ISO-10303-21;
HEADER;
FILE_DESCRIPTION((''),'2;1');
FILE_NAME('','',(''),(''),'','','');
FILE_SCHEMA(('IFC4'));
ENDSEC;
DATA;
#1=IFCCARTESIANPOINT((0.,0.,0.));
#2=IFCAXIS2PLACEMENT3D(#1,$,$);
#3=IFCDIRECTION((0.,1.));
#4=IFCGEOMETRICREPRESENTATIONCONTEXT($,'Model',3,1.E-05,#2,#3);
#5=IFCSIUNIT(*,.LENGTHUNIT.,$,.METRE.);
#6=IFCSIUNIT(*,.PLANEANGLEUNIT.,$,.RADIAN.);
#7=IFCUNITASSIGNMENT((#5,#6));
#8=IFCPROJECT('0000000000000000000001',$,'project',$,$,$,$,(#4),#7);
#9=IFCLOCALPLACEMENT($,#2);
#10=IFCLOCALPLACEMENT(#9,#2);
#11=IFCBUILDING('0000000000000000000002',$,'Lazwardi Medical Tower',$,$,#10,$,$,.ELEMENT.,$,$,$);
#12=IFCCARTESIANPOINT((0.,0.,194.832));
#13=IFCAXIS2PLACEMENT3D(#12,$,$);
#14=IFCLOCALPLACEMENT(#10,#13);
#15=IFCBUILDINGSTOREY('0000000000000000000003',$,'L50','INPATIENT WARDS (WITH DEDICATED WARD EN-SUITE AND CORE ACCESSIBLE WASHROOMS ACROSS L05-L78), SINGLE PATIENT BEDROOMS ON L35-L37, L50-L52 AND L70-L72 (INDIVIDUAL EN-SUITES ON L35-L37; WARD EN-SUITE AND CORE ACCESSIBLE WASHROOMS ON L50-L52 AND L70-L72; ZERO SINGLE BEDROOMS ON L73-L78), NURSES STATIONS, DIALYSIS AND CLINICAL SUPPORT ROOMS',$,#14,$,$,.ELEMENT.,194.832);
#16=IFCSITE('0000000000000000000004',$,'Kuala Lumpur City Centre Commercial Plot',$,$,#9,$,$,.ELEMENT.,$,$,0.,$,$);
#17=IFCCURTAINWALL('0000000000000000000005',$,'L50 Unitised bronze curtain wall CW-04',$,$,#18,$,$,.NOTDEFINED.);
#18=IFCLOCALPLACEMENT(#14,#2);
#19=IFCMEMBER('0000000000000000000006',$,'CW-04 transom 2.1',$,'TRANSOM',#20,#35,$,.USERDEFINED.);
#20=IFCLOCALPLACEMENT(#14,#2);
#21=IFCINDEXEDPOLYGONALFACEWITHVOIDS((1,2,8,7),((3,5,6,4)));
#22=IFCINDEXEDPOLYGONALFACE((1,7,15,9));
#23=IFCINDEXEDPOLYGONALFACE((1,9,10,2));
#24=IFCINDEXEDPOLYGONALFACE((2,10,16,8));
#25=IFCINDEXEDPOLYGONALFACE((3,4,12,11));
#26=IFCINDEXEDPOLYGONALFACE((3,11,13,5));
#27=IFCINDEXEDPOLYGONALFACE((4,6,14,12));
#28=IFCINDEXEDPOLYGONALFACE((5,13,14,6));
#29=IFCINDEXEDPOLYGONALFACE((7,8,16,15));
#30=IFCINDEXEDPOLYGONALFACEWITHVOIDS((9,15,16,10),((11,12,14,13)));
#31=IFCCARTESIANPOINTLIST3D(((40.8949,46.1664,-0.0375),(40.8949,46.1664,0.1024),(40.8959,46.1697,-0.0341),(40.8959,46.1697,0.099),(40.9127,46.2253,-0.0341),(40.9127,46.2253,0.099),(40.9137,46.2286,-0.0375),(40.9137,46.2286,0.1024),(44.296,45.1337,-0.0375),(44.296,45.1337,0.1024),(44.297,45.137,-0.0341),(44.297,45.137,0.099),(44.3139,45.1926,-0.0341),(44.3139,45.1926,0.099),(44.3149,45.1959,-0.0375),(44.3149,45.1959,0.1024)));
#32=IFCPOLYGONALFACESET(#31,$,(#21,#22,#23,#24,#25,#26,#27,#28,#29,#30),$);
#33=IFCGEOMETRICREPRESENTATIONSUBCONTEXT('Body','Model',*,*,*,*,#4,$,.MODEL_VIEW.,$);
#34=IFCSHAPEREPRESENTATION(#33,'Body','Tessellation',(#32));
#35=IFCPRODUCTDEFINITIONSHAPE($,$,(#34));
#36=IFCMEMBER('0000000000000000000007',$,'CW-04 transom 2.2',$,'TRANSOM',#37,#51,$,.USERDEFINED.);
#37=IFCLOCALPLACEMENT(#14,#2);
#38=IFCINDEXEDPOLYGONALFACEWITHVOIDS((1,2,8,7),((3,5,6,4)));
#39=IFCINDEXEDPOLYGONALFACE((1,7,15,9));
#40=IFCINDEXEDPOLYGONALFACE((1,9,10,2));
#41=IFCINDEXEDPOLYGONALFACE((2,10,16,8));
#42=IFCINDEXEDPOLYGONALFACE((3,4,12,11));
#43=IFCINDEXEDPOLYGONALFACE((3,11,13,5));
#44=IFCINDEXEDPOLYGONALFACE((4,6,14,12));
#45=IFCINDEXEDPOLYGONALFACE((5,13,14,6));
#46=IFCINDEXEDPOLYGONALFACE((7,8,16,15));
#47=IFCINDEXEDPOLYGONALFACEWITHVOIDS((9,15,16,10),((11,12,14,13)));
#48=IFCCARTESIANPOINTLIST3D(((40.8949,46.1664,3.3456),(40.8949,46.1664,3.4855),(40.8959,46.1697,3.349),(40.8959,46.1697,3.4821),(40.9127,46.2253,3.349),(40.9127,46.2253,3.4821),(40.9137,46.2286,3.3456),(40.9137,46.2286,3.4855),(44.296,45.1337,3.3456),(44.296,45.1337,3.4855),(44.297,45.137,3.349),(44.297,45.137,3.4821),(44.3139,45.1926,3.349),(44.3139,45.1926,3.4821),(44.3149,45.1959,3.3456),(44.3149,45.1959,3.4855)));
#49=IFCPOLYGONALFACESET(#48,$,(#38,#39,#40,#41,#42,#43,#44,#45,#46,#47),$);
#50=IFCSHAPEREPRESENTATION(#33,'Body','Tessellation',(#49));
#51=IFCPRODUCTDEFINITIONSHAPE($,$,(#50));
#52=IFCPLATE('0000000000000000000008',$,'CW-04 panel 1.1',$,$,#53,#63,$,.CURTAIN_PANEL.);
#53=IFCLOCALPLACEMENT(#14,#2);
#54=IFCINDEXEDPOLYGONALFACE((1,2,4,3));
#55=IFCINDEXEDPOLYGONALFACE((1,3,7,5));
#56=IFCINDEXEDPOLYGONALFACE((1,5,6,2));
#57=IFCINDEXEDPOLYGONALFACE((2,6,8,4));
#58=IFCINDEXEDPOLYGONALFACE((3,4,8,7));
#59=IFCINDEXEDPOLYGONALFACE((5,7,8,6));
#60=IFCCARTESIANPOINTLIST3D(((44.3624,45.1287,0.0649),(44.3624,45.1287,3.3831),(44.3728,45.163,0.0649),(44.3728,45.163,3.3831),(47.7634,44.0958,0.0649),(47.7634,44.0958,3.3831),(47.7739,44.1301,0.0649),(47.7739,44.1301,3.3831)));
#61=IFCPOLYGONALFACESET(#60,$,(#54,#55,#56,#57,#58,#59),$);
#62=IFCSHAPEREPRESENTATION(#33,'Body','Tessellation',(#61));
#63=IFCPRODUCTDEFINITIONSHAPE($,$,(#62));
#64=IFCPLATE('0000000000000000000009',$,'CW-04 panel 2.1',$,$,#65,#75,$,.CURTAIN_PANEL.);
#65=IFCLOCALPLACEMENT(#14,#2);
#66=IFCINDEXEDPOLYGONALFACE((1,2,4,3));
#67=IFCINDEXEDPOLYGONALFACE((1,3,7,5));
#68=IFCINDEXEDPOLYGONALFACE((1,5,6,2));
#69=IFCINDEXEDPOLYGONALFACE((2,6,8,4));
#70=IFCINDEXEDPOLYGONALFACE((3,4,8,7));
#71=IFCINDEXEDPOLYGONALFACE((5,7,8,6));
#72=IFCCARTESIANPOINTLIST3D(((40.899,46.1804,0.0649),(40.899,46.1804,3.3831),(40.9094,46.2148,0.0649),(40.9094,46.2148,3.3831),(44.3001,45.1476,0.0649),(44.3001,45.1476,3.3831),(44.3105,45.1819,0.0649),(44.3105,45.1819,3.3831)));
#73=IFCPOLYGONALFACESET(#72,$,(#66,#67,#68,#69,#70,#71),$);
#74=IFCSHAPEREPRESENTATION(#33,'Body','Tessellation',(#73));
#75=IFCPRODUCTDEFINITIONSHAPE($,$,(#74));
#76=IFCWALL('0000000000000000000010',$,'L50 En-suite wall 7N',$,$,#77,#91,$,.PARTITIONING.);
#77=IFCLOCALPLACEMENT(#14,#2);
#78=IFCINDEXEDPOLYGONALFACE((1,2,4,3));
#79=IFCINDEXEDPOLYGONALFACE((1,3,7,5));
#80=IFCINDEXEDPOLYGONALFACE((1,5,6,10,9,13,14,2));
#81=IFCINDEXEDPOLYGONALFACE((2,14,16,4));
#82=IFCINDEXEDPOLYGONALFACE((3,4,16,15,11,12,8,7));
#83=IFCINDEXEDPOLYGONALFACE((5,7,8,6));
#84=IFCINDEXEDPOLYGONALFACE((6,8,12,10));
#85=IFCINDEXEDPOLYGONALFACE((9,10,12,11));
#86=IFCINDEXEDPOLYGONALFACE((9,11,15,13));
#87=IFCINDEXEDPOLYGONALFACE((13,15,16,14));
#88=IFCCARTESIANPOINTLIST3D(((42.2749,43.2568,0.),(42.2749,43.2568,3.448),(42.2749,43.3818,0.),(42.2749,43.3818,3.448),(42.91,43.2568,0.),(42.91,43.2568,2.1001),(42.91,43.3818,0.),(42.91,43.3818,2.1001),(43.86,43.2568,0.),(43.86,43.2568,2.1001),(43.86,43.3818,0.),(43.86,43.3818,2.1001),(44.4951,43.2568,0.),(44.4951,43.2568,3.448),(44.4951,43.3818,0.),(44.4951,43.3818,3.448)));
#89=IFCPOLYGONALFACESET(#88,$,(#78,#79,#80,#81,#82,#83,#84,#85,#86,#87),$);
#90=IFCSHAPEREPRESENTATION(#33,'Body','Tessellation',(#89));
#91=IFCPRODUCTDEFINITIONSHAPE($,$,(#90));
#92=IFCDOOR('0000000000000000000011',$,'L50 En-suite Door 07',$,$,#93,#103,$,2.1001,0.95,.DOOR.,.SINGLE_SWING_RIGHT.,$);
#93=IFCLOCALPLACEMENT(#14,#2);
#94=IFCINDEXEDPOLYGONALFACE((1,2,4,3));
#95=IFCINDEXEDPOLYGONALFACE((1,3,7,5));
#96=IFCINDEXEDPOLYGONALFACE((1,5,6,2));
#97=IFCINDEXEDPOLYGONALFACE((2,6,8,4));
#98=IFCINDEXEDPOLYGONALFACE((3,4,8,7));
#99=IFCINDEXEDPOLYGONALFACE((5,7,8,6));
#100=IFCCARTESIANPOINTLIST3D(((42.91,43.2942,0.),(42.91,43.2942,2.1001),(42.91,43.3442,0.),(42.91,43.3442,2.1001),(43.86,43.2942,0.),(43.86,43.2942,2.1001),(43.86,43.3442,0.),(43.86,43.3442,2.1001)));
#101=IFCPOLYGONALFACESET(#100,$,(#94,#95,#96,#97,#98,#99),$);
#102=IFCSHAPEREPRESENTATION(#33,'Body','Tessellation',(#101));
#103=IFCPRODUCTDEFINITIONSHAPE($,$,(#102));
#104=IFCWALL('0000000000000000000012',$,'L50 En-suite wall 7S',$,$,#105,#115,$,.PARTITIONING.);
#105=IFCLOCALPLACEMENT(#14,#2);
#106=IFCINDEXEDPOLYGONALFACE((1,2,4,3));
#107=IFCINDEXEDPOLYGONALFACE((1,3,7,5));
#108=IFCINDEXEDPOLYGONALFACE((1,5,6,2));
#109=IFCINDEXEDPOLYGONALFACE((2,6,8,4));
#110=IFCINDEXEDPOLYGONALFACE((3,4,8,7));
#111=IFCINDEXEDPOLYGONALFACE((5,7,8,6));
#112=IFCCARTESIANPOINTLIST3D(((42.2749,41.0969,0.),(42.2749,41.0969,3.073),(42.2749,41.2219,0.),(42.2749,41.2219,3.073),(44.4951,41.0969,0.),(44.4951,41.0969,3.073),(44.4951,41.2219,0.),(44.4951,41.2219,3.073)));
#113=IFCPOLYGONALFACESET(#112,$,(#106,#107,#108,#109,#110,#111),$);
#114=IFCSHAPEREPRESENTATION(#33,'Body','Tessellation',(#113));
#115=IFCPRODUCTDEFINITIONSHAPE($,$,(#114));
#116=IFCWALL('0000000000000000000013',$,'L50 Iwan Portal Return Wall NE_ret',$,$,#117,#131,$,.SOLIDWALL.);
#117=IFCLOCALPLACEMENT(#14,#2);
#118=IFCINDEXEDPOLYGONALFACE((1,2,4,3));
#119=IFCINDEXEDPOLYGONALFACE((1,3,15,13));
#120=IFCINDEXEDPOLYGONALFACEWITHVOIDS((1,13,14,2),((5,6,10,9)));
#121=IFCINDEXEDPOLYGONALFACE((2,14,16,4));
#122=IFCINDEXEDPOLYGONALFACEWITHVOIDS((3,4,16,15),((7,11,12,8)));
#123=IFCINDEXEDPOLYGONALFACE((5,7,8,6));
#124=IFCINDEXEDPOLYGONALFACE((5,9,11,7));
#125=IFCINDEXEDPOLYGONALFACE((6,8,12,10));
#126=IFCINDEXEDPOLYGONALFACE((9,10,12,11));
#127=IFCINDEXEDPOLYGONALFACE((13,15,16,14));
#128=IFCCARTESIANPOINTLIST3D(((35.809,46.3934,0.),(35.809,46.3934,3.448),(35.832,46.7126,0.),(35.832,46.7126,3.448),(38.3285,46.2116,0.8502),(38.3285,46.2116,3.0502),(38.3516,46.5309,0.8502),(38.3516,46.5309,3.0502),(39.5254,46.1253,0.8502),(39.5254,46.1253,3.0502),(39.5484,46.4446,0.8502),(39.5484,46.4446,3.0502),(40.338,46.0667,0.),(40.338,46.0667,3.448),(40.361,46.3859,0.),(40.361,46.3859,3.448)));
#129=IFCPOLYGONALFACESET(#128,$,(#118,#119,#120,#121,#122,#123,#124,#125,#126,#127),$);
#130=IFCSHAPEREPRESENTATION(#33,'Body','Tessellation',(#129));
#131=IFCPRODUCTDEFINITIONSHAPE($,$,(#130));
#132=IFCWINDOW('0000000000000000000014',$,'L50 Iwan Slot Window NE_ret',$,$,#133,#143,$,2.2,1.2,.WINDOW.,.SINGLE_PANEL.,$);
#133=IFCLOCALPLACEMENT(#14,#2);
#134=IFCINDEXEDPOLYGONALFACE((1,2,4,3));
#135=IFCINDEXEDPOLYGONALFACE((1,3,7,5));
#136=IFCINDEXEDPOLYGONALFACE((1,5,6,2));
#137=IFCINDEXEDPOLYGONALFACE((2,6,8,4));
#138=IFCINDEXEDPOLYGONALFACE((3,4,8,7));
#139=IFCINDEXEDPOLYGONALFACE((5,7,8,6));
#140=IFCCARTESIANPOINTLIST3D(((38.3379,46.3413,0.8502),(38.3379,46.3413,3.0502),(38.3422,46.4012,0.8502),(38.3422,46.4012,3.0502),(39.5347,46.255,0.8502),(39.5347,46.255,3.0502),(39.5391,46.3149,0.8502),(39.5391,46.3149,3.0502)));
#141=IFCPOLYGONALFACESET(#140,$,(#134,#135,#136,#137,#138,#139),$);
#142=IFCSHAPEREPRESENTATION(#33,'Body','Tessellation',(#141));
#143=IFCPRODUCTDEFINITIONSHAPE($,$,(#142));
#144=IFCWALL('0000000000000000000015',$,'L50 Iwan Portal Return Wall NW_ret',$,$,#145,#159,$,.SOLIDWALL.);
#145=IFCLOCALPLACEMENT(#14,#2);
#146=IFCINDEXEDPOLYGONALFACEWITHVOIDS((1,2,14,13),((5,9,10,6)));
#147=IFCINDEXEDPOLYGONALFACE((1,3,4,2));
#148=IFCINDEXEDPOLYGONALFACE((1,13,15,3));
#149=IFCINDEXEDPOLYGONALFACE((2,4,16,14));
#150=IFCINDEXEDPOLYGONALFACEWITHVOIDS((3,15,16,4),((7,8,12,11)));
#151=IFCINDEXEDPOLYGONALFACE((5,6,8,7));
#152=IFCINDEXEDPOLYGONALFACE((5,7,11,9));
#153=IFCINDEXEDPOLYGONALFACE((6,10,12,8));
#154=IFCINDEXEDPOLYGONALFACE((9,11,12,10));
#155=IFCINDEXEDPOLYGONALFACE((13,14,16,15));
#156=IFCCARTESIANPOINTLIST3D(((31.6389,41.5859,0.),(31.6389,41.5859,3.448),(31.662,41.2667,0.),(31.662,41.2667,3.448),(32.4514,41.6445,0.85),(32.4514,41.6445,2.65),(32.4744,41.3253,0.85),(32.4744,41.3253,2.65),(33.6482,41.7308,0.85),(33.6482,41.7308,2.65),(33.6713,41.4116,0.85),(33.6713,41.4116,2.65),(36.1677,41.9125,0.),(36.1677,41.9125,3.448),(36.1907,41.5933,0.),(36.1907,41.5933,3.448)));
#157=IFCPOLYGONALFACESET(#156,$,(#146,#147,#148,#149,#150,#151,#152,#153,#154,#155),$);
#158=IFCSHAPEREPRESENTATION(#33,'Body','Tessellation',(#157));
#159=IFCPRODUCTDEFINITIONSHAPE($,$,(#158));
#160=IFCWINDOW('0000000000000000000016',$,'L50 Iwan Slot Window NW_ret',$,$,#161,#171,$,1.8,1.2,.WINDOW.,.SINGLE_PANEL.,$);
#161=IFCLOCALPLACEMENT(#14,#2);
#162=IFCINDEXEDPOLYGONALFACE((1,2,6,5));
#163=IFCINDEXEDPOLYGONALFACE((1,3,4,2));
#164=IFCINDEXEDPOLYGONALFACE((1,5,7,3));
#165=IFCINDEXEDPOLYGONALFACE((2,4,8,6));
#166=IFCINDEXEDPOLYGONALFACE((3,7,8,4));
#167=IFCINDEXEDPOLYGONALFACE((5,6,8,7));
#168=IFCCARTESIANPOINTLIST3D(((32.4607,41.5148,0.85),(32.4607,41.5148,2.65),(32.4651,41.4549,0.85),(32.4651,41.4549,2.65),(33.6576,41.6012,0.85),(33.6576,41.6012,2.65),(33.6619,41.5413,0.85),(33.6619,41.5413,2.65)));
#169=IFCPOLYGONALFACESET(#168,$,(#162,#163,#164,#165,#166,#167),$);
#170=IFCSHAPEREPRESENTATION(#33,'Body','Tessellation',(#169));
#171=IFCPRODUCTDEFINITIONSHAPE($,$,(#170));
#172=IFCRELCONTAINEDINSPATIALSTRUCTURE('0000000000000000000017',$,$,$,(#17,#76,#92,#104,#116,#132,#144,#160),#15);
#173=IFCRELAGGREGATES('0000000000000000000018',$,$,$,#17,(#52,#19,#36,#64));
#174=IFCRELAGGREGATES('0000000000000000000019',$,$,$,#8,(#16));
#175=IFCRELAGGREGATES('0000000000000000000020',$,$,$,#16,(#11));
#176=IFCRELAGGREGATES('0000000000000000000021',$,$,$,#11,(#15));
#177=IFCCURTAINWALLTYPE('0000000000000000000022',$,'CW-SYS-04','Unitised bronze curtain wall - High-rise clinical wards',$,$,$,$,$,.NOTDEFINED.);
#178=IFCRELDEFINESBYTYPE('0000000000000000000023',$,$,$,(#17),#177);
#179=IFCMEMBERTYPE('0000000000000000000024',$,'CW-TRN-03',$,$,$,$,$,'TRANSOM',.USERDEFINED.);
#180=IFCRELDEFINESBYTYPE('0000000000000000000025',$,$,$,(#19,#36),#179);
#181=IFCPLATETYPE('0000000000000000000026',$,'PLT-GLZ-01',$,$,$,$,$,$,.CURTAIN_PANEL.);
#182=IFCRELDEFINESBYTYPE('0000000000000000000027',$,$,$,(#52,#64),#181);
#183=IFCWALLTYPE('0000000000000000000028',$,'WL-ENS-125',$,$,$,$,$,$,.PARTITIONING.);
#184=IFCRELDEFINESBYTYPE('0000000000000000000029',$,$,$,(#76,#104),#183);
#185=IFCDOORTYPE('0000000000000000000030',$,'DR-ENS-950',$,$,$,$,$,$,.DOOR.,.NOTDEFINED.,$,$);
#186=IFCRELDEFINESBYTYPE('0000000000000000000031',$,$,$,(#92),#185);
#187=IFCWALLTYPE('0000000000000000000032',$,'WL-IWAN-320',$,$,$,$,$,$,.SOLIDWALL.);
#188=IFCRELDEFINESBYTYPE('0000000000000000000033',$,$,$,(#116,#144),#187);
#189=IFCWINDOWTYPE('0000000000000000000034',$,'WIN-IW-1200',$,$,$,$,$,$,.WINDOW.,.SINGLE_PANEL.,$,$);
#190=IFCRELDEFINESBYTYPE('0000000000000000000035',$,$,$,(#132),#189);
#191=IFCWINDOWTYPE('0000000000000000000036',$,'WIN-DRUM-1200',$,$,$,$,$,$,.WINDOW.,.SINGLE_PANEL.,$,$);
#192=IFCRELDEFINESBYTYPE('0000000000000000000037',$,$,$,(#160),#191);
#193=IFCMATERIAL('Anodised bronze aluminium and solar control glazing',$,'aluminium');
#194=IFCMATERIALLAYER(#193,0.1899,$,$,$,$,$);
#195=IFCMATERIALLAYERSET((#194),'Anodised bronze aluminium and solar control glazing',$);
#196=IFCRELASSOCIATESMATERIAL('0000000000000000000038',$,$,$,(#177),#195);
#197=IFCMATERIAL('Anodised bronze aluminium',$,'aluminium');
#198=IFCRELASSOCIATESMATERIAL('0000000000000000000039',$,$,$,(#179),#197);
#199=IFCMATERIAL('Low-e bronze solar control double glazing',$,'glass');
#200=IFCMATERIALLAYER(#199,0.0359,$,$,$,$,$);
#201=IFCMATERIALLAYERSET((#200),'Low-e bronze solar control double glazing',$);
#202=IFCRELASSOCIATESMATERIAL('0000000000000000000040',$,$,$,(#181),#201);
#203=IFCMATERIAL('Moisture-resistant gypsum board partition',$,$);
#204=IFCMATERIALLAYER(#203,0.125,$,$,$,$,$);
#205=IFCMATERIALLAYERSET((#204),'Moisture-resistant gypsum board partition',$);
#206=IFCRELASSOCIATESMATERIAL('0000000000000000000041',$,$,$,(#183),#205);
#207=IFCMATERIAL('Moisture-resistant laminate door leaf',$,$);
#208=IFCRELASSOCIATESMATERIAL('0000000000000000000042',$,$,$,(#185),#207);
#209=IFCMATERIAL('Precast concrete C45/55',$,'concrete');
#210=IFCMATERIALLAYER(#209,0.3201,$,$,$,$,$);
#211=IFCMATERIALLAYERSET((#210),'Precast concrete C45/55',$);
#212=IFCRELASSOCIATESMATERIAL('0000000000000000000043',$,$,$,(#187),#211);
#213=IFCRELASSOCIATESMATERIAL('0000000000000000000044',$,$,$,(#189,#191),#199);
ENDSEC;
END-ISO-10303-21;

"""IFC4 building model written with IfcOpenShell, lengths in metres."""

from ifc_helpers import new_model, si_unit, direction, frame, frame_2d, origin, origin_2d, place, context, subcontext, project, spatial, rectangle, hollow_rectangle, extrude, material, layer, layer_set, material_profile, profile_set, type_object, element, fill, aggregate, save


model = new_model("IFC4")

# Units and contexts
model_context = context("Model", 3, precision=1e-05, world=origin(), true_north=direction((0.0, 1.0)))
body_context = subcontext(model_context, "Body", "Model", "MODEL_VIEW")
ifc_project = project(units=[si_unit("LENGTHUNIT", "METRE"), si_unit("PLANEANGLEUNIT", "RADIAN")], contexts=[model_context])

# Site, building, storey
site_placement = place(None, origin())
site = spatial("IfcSite", under=ifc_project, at=site_placement, Name="Kuala Lumpur City Centre Commercial Plot", CompositionType="ELEMENT", RefElevation=0.0)
building_placement = place(site_placement, origin())
building = spatial("IfcBuilding", under=site, at=building_placement, Name="Lazwardi Medical Tower", CompositionType="ELEMENT")
storey_placement = place(building_placement, frame((0.0, 0.0, 194.832)))
storey = spatial("IfcBuildingStorey", under=building, at=storey_placement, Name="L50", Description="INPATIENT WARDS (WITH DEDICATED WARD EN-SUITE AND CORE ACCESSIBLE WASHROOMS ACROSS L05-L78), SINGLE PATIENT BEDROOMS ON L35-L37, L50-L52 AND L70-L72 (INDIVIDUAL EN-SUITES ON L35-L37; WARD EN-SUITE AND CORE ACCESSIBLE WASHROOMS ON L50-L52 AND L70-L72; ZERO SINGLE BEDROOMS ON L73-L78), NURSES STATIONS, DIALYSIS AND CLINICAL SUPPORT ROOMS", CompositionType="ELEMENT", Elevation=194.832)

# Curtain wall, members, plates
ifc_material_1 = material(Name="Anodised bronze aluminium and solar control glazing", Category="aluminium")
ifc_layer_1 = layer(ifc_material_1, 0.1899)
ifc_layer_set_1 = layer_set([ifc_layer_1], Name="Anodised bronze aluminium and solar control glazing")
curtain_wall_type = type_object("IfcCurtainWallType", Name="CW-SYS-04", Description="Unitised bronze curtain wall - High-rise clinical wards", PredefinedType="NOTDEFINED", material=ifc_layer_set_1)
curtain_wall_placement = place(storey_placement, origin())
curtain_wall = element("IfcCurtainWall", 1, at=curtain_wall_placement, inside=storey, type_object=curtain_wall_type, Name="L50 Unitised bronze curtain wall CW-04", PredefinedType="NOTDEFINED")
ifc_material_2 = material(Name="Anodised bronze aluminium", Category="aluminium")
ifc_material_profile_1 = material_profile(ifc_material_2, hollow_rectangle(XDim=0.0649, YDim=0.1399, WallThickness=0.0034, at=origin_2d()), Name="ALU-TRANSOM 140x65x3.5")
ifc_profile_set_1 = profile_set([ifc_material_profile_1], Name="Anodised bronze aluminium")
member_type_1 = type_object("IfcMemberType", Name="CW-TRN-03", ElementType="TRANSOM", PredefinedType="USERDEFINED", material=ifc_profile_set_1)
member_1_placement = place(storey_placement, frame((44.3054, 45.1648, 0.0325), z_axis=(-0.956863, 0.290541, 0.0), x_axis=(-0.290541, -0.956863, 0.0)))
member_1 = element("IfcMember", 2, at=member_1_placement, type_object=member_type_1, Name="CW-04 transom 2.1", ObjectType="TRANSOM", PredefinedType="USERDEFINED", context=body_context, shape_type="SweptSolid", body=[
    extrude(hollow_rectangle(XDim=0.0649, YDim=0.1399, WallThickness=0.0034, at=origin_2d()), origin(), (0.0, 0.0, 1.0), 3.5544),
])
member_2_placement = place(storey_placement, frame((44.3054, 45.1648, 3.4155), z_axis=(-0.956863, 0.290541, 0.0), x_axis=(-0.290541, -0.956863, 0.0)))
member_2 = element("IfcMember", 3, at=member_2_placement, type_object=member_type_1, Name="CW-04 transom 2.2", ObjectType="TRANSOM", PredefinedType="USERDEFINED", context=body_context, shape_type="SweptSolid", body=[
    extrude(hollow_rectangle(XDim=0.0649, YDim=0.1399, WallThickness=0.0034, at=origin_2d()), origin(), (0.0, 0.0, 1.0), 3.5544),
])
ifc_material_3 = material(Name="Low-e bronze solar control double glazing", Category="glass")
ifc_layer_2 = layer(ifc_material_3, 0.0359)
ifc_layer_set_2 = layer_set([ifc_layer_2], Name="Low-e bronze solar control double glazing")
plate_type = type_object("IfcPlateType", Name="PLT-GLZ-01", PredefinedType="CURTAIN_PANEL", material=ifc_layer_set_2)
plate_1_placement = place(storey_placement, frame((46.0681, 44.6294, 0.0649), z_axis=(0.0, 0.0, 1.0), x_axis=(-0.95685, 0.290582, 0.0)))
plate_1 = element("IfcPlate", 4, at=plate_1_placement, type_object=plate_type, Name="CW-04 panel 1.1", PredefinedType="CURTAIN_PANEL", context=body_context, shape_type="SweptSolid", body=[
    extrude(rectangle(XDim=3.5544, YDim=0.0359, at=origin_2d()), origin(), (0.0, 0.0, 1.0), 3.3181),
])
plate_2_placement = place(storey_placement, frame((42.6047, 45.6812, 0.0649), z_axis=(0.0, 0.0, 1.0), x_axis=(-0.95685, 0.290582, 0.0)))
plate_2 = element("IfcPlate", 5, at=plate_2_placement, type_object=plate_type, Name="CW-04 panel 2.1", PredefinedType="CURTAIN_PANEL", context=body_context, shape_type="SweptSolid", body=[
    extrude(rectangle(XDim=3.5544, YDim=0.0359, at=origin_2d()), origin(), (0.0, 0.0, 1.0), 3.3181),
])
aggregate(curtain_wall, [plate_1, member_1, member_2, plate_2])

# Wall, opening, door
ifc_material_4 = material(Name="Moisture-resistant gypsum board partition")
ifc_layer_3 = layer(ifc_material_4, 0.125)
ifc_layer_set_3 = layer_set([ifc_layer_3], Name="Moisture-resistant gypsum board partition")
wall_type_1 = type_object("IfcWallType", Name="WL-ENS-125", PredefinedType="PARTITIONING", material=ifc_layer_set_3)
wall_1_placement = place(storey_placement, frame((42.2749, 43.3193, 0.0), z_axis=(0.0, 0.0, 1.0), x_axis=(1.0, 0.0, 0.0)))
wall_1 = element("IfcWall", 6, at=wall_1_placement, inside=storey, type_object=wall_type_1, Name="L50 En-suite wall 7N", PredefinedType="PARTITIONING", context=body_context, shape_type="SweptSolid", body=[
    extrude(rectangle(XDim=2.2202, YDim=0.125, at=frame_2d((1.1101, 0.0))), origin(), (0.0, 0.0, 1.0), 3.448),
])
opening_1_placement = place(wall_1_placement, frame((0.635, 0.0, 0.0)))
opening_1 = element("IfcOpeningElement", 7, at=opening_1_placement, cuts=wall_1, PredefinedType="OPENING", context=body_context, shape_type="SweptSolid", body=[
    extrude(rectangle(XDim=0.95, YDim=2.1001, at=frame_2d((0.4751, 1.05))), frame((0.0, 0.0725, 0.0), z_axis=(0.0, -1.0, 0.0), x_axis=(1.0, 0.0, 0.0)), (0.0, 0.0, 1.0), 0.145),
])
ifc_material_5 = material(Name="Moisture-resistant laminate door leaf")
door_type = type_object("IfcDoorType", Name="DR-ENS-950", OperationType="NOTDEFINED", PredefinedType="DOOR", material=ifc_material_5)
door_placement = place(opening_1_placement, origin())
door = element("IfcDoor", 8, at=door_placement, inside=storey, type_object=door_type, Name="L50 En-suite Door 07", OperationType="SINGLE_SWING_RIGHT", OverallHeight=2.1001, OverallWidth=0.95, PredefinedType="DOOR", context=body_context, shape_type="SweptSolid", body=[
    extrude(rectangle(XDim=0.95, YDim=2.1001, at=frame_2d((0.4751, 1.05))), frame((0.0, 0.0249, 0.0), z_axis=(0.0, -1.0, 0.0), x_axis=(1.0, 0.0, 0.0)), (0.0, 0.0, 1.0), 0.05),
])
fill(opening_1, door)

# Wall
wall_2_placement = place(storey_placement, frame((42.2749, 41.1594, 0.0), z_axis=(0.0, 0.0, 1.0), x_axis=(1.0, 0.0, 0.0)))
element("IfcWall", 9, at=wall_2_placement, inside=storey, type_object=wall_type_1, Name="L50 En-suite wall 7S", PredefinedType="PARTITIONING", context=body_context, shape_type="SweptSolid", body=[
    extrude(rectangle(XDim=2.2202, YDim=0.125, at=frame_2d((1.1101, 0.0))), origin(), (0.0, 0.0, 1.0), 3.073),
])

# Walls, openings, windows
ifc_material_6 = material(Name="Precast concrete C45/55", Category="concrete")
ifc_layer_4 = layer(ifc_material_6, 0.3201)
ifc_layer_set_4 = layer_set([ifc_layer_4], Name="Precast concrete C45/55")
wall_type_2 = type_object("IfcWallType", Name="WL-IWAN-320", PredefinedType="SOLIDWALL", material=ifc_layer_set_4)
wall_3_placement = place(storey_placement, frame((40.3496, 46.2263, 0.0), z_axis=(0.0, 0.0, 1.0), x_axis=(-0.997409, 0.071939, 0.0)))
wall_3 = element("IfcWall", 10, at=wall_3_placement, inside=storey, type_object=wall_type_2, Name="L50 Iwan Portal Return Wall NE_ret", PredefinedType="SOLIDWALL", context=body_context, shape_type="SweptSolid", body=[
    extrude(rectangle(XDim=4.5408, YDim=0.3201, at=frame_2d((2.2705, 0.0))), origin(), (0.0, 0.0, 1.0), 3.448),
])
opening_2_placement = place(wall_3_placement, frame((0.8147, 0.0, 0.8501)))
opening_2 = element("IfcOpeningElement", 11, at=opening_2_placement, cuts=wall_3, PredefinedType="OPENING", context=body_context, shape_type="SweptSolid", body=[
    extrude(rectangle(XDim=1.2, YDim=2.2, at=frame_2d((0.6001, 1.1001))), frame((0.0, 0.1699, 0.0), z_axis=(0.0, -1.0, 0.0), x_axis=(1.0, 0.0, 0.0)), (0.0, 0.0, 1.0), 0.3401),
])
window_type_1 = type_object("IfcWindowType", Name="WIN-IW-1200", PartitioningType="SINGLE_PANEL", PredefinedType="WINDOW", material=ifc_material_3)
window_1_placement = place(opening_2_placement, origin())
window_1 = element("IfcWindow", 12, at=window_1_placement, inside=storey, type_object=window_type_1, Name="L50 Iwan Slot Window NE_ret", OverallHeight=2.2, OverallWidth=1.2, PartitioningType="SINGLE_PANEL", PredefinedType="WINDOW", context=body_context, shape_type="SweptSolid", body=[
    extrude(rectangle(XDim=1.2, YDim=2.2, at=frame_2d((0.6001, 1.1001))), frame((0.0, 0.03, 0.0), z_axis=(0.0, -1.0, 0.0), x_axis=(1.0, 0.0, 0.0)), (0.0, 0.0, 1.0), 0.0601),
])
fill(opening_2, window_1)
wall_4_placement = place(storey_placement, frame((36.1792, 41.7529, 0.0), z_axis=(0.0, 0.0, 1.0), x_axis=(-0.997409, -0.071942, 0.0)))
wall_4 = element("IfcWall", 13, at=wall_4_placement, inside=storey, type_object=wall_type_2, Name="L50 Iwan Portal Return Wall NW_ret", PredefinedType="SOLIDWALL", context=body_context, shape_type="SweptSolid", body=[
    extrude(rectangle(XDim=4.5405, YDim=0.3201, at=frame_2d((2.2703, 0.0))), origin(), (0.0, 0.0, 1.0), 3.448),
])
opening_3_placement = place(wall_4_placement, frame((2.5259, 0.0, 0.8501)))
opening_3 = element("IfcOpeningElement", 14, at=opening_3_placement, cuts=wall_4, PredefinedType="OPENING", context=body_context, shape_type="SweptSolid", body=[
    extrude(rectangle(XDim=1.2, YDim=1.8, at=frame_2d((0.6001, 0.8999))), frame((0.0, 0.1699, 0.0), z_axis=(0.0, -1.0, 0.0), x_axis=(1.0, 0.0, 0.0)), (0.0, 0.0, 1.0), 0.3401),
])
window_type_2 = type_object("IfcWindowType", Name="WIN-DRUM-1200", PartitioningType="SINGLE_PANEL", PredefinedType="WINDOW", material=ifc_material_3)
window_2_placement = place(opening_3_placement, origin())
window_2 = element("IfcWindow", 15, at=window_2_placement, inside=storey, type_object=window_type_2, Name="L50 Iwan Slot Window NW_ret", OverallHeight=1.8, OverallWidth=1.2, PartitioningType="SINGLE_PANEL", PredefinedType="WINDOW", context=body_context, shape_type="SweptSolid", body=[
    extrude(rectangle(XDim=1.2, YDim=1.8, at=frame_2d((0.6001, 0.8999))), frame((0.0, 0.03, 0.0), z_axis=(0.0, -1.0, 0.0), x_axis=(1.0, 0.0, 0.0)), (0.0, 0.0, 1.0), 0.0601),
])
fill(opening_3, window_2)

save(model, "model.ifc")
